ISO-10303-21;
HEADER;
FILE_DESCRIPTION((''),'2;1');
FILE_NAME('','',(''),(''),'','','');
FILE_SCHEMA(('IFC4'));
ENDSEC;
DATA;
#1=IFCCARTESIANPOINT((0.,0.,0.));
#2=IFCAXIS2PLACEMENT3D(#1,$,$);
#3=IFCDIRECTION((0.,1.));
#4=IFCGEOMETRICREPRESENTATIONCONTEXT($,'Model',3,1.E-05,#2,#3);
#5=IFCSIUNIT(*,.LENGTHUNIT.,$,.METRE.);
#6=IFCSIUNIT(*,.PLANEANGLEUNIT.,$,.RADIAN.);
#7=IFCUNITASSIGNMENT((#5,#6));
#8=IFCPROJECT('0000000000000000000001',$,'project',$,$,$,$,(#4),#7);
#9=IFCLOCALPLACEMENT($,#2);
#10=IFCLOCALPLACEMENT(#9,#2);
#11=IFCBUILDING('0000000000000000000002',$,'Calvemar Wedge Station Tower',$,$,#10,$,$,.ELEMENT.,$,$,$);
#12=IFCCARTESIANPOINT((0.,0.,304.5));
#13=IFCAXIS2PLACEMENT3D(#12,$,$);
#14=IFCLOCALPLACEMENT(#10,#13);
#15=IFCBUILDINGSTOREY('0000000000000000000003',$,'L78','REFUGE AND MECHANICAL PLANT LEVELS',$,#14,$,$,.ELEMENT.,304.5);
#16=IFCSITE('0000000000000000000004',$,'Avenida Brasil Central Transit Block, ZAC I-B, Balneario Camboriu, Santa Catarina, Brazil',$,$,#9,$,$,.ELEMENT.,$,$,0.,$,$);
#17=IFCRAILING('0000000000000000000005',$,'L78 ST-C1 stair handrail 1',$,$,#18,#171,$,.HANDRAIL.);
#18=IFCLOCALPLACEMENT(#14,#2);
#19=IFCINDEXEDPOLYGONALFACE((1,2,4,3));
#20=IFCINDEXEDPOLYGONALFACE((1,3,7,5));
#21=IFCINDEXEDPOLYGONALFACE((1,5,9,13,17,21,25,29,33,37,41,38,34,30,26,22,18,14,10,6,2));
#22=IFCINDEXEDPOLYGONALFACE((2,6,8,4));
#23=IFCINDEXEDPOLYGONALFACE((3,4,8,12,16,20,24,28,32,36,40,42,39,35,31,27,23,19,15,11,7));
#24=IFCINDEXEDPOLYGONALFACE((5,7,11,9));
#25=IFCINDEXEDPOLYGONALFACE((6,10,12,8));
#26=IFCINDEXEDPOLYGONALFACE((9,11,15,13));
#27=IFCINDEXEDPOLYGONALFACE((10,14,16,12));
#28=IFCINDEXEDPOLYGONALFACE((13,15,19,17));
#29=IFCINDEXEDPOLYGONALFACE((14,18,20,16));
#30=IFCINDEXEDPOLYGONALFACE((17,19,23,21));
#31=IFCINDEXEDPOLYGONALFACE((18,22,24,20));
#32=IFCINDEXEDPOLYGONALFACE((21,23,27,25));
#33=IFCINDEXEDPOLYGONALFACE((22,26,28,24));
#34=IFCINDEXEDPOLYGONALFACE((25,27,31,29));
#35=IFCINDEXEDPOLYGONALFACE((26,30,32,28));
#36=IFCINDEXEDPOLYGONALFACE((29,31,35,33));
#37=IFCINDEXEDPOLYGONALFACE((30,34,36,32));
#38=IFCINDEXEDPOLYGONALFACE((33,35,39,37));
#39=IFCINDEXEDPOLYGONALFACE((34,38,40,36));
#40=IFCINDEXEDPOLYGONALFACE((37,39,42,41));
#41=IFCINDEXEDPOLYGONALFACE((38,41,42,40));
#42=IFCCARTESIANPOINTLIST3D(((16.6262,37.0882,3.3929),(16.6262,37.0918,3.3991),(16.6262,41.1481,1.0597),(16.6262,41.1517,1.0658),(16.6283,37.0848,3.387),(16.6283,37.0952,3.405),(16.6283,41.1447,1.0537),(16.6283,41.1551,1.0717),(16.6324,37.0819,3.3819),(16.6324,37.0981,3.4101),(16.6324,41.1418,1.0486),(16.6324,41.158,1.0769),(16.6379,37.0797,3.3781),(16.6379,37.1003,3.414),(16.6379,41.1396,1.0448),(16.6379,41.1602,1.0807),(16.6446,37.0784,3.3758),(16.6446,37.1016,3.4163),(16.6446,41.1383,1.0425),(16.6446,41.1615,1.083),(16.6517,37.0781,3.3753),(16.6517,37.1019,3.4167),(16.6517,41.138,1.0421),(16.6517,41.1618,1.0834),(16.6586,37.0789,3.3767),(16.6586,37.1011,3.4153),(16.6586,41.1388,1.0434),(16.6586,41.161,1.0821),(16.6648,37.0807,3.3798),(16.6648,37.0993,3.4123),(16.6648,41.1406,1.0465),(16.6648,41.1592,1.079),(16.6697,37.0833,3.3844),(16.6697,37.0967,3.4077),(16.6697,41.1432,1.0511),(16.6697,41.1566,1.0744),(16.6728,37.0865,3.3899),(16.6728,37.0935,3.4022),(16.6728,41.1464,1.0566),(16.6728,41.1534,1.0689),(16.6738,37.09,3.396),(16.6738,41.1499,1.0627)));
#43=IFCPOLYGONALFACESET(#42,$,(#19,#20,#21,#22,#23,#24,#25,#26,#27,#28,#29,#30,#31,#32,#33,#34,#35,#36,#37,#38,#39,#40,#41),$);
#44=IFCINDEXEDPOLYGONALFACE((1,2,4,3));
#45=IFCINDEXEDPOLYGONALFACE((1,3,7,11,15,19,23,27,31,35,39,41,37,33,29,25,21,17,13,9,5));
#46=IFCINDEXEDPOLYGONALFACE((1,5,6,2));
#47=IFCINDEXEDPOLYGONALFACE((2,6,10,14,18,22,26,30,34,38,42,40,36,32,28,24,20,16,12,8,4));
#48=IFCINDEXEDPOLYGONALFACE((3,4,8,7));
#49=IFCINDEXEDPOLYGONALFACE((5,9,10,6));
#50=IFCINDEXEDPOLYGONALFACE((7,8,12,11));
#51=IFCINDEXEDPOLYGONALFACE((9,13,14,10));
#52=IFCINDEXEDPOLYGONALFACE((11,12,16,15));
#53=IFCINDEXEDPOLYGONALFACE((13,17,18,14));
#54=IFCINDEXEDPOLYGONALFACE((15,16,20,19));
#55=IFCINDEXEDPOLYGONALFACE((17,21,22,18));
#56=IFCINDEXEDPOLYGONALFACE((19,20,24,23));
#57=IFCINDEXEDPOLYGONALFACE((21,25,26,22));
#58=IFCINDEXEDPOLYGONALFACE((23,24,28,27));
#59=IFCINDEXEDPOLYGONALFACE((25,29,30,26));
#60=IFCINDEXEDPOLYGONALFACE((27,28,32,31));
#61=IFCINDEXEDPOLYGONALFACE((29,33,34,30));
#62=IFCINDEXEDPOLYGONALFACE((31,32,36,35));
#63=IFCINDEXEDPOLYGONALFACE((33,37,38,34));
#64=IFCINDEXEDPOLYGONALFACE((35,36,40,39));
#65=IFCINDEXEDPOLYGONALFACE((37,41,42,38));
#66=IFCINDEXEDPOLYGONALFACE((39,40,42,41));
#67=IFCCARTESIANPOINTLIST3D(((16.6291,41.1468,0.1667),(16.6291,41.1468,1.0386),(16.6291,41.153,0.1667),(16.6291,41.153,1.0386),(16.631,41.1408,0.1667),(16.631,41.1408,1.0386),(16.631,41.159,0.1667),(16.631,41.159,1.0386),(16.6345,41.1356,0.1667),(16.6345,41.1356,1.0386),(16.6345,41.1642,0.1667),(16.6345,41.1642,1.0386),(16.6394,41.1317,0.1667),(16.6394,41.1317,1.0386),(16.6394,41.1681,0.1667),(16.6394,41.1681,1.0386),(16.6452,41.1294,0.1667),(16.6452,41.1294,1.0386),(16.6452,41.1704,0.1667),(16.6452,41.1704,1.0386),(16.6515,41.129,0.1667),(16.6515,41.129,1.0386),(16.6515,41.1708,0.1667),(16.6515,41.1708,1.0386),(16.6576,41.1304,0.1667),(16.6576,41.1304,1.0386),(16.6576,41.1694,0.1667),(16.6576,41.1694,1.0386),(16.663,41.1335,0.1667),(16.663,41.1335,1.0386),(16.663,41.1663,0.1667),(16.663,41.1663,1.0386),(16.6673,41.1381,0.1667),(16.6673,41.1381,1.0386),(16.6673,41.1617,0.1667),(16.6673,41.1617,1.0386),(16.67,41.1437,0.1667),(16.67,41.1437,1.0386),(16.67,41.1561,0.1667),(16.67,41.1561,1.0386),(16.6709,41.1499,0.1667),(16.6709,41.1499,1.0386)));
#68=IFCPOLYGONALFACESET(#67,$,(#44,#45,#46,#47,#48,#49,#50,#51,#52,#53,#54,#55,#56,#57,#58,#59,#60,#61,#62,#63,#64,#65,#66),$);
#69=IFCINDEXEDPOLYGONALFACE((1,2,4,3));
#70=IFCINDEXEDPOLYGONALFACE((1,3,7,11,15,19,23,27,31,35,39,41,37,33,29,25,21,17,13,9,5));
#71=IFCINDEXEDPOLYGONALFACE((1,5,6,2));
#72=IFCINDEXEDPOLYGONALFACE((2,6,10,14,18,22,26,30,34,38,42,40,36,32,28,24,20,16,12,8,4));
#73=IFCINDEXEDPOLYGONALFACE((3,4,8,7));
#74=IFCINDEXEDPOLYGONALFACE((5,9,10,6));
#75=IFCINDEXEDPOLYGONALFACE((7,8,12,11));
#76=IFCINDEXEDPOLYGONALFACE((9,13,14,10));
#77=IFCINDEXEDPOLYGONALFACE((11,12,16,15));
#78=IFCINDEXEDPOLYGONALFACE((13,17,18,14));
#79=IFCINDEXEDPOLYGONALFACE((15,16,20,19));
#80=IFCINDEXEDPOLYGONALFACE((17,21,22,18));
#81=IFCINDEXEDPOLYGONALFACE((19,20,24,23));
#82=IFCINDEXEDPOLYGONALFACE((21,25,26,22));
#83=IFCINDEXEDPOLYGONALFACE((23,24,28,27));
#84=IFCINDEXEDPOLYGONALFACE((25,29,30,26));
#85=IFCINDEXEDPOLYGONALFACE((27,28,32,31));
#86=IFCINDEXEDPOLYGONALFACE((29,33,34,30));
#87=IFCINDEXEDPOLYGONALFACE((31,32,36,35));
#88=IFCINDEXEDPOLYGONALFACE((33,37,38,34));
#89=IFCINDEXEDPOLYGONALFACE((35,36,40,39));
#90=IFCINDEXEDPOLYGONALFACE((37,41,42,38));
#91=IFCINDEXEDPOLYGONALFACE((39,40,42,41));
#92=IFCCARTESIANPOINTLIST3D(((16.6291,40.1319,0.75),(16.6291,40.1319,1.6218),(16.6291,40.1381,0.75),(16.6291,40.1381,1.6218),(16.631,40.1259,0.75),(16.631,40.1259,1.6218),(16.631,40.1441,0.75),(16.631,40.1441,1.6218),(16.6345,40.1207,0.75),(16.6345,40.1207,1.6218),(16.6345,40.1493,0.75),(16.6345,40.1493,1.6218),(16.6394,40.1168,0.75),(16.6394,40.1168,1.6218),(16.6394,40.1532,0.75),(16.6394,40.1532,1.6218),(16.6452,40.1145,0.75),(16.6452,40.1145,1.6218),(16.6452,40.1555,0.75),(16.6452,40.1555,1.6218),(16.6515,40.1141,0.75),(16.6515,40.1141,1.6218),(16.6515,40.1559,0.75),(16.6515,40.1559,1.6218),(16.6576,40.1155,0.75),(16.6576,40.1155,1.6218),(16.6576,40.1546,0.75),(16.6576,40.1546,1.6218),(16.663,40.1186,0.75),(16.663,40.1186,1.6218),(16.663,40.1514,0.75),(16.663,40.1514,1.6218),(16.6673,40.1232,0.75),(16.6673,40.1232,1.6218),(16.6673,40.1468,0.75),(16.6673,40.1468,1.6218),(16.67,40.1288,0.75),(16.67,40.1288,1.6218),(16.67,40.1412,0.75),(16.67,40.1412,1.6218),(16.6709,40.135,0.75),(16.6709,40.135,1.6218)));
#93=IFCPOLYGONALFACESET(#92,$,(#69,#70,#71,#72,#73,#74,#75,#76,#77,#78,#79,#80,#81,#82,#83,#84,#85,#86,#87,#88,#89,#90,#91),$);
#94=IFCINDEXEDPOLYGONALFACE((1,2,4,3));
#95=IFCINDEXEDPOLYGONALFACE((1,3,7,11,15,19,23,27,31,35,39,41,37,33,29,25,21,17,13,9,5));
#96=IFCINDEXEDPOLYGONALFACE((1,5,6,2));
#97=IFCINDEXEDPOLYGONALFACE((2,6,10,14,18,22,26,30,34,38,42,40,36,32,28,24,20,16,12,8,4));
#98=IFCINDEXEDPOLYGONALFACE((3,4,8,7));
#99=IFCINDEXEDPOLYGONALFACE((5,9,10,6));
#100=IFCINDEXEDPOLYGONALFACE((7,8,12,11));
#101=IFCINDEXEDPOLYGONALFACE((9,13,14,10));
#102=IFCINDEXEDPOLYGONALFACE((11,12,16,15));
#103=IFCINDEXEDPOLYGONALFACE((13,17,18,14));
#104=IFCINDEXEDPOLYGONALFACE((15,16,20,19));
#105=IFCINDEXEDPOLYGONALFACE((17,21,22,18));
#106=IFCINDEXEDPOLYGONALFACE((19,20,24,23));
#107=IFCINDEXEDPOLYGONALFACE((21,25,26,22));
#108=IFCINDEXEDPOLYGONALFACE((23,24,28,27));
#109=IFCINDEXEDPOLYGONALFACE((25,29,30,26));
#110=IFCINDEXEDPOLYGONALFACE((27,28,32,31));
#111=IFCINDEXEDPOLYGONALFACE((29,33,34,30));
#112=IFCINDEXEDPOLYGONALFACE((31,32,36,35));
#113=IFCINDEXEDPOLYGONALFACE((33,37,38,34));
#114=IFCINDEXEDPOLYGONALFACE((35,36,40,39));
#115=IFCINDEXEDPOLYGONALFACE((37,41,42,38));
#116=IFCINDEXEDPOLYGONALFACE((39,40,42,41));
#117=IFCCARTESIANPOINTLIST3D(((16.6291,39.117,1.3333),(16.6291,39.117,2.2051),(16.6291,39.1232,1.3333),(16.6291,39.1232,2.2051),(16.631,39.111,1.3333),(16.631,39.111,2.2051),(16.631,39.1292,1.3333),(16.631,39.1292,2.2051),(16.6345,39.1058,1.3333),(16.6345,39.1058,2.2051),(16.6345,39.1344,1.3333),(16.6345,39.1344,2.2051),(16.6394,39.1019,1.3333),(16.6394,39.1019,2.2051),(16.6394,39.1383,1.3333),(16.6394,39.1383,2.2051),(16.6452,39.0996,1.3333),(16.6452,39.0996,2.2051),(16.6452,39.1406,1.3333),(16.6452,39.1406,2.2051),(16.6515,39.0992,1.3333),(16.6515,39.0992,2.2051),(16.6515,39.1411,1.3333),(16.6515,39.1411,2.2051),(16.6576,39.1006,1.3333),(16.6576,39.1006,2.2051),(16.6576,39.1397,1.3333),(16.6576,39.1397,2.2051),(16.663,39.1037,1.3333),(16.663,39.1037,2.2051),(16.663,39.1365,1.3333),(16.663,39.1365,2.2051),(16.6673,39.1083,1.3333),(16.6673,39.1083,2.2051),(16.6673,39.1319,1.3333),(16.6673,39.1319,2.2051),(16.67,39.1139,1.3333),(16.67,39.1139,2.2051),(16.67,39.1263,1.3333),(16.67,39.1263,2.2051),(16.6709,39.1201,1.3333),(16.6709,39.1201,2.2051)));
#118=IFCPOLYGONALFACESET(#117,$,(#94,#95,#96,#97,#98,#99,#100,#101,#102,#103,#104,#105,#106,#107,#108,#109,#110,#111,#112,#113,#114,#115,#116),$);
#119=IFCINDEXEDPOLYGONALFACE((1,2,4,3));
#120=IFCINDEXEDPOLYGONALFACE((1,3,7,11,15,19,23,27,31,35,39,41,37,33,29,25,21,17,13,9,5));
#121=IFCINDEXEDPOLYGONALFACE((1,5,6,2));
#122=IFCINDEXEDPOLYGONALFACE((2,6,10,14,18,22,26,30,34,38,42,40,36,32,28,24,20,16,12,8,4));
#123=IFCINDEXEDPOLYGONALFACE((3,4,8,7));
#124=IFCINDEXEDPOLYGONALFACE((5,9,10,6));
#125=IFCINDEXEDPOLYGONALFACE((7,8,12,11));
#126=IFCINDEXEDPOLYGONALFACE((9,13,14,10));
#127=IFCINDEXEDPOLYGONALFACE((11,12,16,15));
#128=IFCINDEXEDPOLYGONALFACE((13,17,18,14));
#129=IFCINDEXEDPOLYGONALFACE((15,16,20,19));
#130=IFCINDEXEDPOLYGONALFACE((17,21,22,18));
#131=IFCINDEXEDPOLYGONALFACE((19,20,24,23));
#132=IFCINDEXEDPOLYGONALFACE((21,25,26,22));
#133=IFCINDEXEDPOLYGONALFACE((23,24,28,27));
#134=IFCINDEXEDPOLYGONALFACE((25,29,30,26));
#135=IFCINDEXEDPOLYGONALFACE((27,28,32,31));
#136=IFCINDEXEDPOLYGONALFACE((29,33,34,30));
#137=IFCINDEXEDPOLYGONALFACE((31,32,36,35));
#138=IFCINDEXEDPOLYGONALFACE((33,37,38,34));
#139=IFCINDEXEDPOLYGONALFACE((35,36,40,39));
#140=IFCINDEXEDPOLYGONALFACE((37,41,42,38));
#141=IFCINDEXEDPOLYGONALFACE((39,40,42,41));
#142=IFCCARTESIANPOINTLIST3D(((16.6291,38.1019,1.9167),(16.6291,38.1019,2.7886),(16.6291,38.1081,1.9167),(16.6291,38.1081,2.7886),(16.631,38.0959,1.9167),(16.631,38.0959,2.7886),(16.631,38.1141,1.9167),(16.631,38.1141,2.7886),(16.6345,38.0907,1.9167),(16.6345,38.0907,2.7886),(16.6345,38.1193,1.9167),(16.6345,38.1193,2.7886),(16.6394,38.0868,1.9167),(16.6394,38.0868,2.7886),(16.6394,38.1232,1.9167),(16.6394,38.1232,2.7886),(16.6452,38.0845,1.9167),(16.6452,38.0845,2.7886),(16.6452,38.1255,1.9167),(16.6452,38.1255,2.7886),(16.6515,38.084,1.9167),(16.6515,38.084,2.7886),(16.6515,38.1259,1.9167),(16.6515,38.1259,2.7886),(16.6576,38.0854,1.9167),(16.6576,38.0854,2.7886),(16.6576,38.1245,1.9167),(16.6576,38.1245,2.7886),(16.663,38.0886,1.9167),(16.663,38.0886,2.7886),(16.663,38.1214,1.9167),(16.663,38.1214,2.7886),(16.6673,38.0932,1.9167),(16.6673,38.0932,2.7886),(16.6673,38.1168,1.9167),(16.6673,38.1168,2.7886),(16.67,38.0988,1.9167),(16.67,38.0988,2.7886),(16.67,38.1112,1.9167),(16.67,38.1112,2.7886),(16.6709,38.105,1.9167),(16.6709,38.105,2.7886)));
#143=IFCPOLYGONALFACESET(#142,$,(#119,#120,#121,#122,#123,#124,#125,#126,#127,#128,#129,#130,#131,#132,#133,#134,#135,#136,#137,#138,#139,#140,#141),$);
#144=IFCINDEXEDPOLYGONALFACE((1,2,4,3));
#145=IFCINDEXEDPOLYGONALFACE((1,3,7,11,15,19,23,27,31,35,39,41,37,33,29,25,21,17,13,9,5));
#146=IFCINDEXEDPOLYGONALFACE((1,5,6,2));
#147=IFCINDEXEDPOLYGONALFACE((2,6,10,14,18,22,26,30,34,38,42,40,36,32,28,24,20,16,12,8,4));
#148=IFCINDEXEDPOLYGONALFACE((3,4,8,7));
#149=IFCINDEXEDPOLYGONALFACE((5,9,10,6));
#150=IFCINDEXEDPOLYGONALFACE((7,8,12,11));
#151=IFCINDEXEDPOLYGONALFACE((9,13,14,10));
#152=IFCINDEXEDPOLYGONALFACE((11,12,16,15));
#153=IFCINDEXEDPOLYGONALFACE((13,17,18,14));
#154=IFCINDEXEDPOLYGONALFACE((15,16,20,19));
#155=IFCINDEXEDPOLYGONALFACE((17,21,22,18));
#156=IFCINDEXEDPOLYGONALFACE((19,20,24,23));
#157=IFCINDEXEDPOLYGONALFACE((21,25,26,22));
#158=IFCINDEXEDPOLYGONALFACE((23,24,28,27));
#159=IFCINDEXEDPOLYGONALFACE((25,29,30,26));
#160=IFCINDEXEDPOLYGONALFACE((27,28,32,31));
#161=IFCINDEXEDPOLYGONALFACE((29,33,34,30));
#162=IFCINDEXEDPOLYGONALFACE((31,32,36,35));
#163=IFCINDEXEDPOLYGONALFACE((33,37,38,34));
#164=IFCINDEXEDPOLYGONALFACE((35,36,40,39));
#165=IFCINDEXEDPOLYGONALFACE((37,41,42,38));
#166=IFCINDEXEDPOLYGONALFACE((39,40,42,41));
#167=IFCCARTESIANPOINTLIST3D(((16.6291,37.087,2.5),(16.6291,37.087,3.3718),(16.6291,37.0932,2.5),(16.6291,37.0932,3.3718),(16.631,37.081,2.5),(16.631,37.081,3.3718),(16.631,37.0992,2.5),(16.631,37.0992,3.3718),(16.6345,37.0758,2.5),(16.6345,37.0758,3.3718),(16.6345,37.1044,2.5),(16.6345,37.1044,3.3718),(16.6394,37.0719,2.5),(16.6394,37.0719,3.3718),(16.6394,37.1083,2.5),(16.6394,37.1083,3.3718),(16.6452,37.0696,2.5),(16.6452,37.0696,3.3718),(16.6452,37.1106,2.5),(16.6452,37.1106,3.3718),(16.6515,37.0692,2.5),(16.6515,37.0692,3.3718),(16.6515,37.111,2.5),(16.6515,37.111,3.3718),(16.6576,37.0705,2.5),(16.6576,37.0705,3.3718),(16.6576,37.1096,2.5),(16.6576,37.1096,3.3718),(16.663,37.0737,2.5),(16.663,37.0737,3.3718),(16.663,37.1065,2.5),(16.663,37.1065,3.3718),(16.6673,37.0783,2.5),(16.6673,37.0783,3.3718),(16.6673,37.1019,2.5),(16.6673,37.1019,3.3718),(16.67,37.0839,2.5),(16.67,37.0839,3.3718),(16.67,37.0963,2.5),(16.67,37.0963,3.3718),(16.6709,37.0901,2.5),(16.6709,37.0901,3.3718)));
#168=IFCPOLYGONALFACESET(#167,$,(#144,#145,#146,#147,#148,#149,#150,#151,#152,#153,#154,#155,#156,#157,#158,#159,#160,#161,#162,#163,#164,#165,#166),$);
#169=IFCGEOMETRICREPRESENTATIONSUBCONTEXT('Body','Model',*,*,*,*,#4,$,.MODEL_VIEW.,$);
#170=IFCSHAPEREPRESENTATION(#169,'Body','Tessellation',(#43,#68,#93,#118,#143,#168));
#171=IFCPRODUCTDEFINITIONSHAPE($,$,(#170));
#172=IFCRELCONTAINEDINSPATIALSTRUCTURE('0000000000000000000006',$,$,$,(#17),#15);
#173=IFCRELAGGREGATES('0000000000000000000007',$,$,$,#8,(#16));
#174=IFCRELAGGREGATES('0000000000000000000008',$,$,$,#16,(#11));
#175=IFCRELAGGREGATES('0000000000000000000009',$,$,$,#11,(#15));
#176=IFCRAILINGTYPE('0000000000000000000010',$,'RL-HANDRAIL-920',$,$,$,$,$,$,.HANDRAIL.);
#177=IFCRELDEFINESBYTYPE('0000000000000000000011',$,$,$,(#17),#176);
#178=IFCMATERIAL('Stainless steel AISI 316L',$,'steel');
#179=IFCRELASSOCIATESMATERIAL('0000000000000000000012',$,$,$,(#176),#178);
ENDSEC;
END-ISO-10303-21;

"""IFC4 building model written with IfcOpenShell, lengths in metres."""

from ifc_helpers import new_model, si_unit, direction, frame, origin, origin_2d, place, context, subcontext, project, spatial, circle, extrude, material, type_object, element, save


model = new_model("IFC4")

# Units and contexts
model_context = context("Model", 3, precision=1e-05, world=origin(), true_north=direction((0.0, 1.0)))
body_context = subcontext(model_context, "Body", "Model", "MODEL_VIEW")
ifc_project = project(units=[si_unit("LENGTHUNIT", "METRE"), si_unit("PLANEANGLEUNIT", "RADIAN")], contexts=[model_context])

# Site, building, storey
site_placement = place(None, origin())
site = spatial("IfcSite", under=ifc_project, at=site_placement, Name="Avenida Brasil Central Transit Block, ZAC I-B, Balneario Camboriu, Santa Catarina, Brazil", CompositionType="ELEMENT", RefElevation=0.0)
building_placement = place(site_placement, origin())
building = spatial("IfcBuilding", under=site, at=building_placement, Name="Calvemar Wedge Station Tower", CompositionType="ELEMENT")
storey_placement = place(building_placement, frame((0.0, 0.0, 304.5)))
storey = spatial("IfcBuildingStorey", under=building, at=storey_placement, Name="L78", Description="REFUGE AND MECHANICAL PLANT LEVELS", CompositionType="ELEMENT", Elevation=304.5)

# Railing
ifc_material_1 = material(Name="Stainless steel AISI 316L", Category="steel")
railing_type_1 = type_object("IfcRailingType", Name="RL-HANDRAIL-920", PredefinedType="HANDRAIL", material=ifc_material_1)
railing_1_placement = place(storey_placement, frame((16.6499, 41.1499, 0.1667)))
element("IfcRailing", 1, at=railing_1_placement, inside=storey, type_object=railing_type_1, Name="L78 ST-C1 stair handrail 1", PredefinedType="HANDRAIL", context=body_context, shape_type="SweptSolid", body=[
    extrude(circle(Radius=0.0239, at=origin_2d()), frame((0.0, 0.0, 0.896), z_axis=(0.0, -0.867012, 0.498288), x_axis=(1.0, 0.0, 0.0)), (0.0, 0.0, 1.0), 4.6826),
    extrude(circle(Radius=0.021, at=origin_2d()), origin(), (0.0, 0.0, 1.0), 0.8718),
    extrude(circle(Radius=0.021, at=origin_2d()), frame((0.0, -1.0149, 0.5833)), (0.0, 0.0, 1.0), 0.8718),
    extrude(circle(Radius=0.021, at=origin_2d()), frame((0.0, -2.0298, 1.1665)), (0.0, 0.0, 1.0), 0.8718),
    extrude(circle(Radius=0.021, at=origin_2d()), frame((0.0, -3.0449, 1.75)), (0.0, 0.0, 1.0), 0.8718),
    extrude(circle(Radius=0.021, at=origin_2d()), frame((0.0, -4.0598, 2.3333)), (0.0, 0.0, 1.0), 0.8718),
])

save(model, "model.ifc")
